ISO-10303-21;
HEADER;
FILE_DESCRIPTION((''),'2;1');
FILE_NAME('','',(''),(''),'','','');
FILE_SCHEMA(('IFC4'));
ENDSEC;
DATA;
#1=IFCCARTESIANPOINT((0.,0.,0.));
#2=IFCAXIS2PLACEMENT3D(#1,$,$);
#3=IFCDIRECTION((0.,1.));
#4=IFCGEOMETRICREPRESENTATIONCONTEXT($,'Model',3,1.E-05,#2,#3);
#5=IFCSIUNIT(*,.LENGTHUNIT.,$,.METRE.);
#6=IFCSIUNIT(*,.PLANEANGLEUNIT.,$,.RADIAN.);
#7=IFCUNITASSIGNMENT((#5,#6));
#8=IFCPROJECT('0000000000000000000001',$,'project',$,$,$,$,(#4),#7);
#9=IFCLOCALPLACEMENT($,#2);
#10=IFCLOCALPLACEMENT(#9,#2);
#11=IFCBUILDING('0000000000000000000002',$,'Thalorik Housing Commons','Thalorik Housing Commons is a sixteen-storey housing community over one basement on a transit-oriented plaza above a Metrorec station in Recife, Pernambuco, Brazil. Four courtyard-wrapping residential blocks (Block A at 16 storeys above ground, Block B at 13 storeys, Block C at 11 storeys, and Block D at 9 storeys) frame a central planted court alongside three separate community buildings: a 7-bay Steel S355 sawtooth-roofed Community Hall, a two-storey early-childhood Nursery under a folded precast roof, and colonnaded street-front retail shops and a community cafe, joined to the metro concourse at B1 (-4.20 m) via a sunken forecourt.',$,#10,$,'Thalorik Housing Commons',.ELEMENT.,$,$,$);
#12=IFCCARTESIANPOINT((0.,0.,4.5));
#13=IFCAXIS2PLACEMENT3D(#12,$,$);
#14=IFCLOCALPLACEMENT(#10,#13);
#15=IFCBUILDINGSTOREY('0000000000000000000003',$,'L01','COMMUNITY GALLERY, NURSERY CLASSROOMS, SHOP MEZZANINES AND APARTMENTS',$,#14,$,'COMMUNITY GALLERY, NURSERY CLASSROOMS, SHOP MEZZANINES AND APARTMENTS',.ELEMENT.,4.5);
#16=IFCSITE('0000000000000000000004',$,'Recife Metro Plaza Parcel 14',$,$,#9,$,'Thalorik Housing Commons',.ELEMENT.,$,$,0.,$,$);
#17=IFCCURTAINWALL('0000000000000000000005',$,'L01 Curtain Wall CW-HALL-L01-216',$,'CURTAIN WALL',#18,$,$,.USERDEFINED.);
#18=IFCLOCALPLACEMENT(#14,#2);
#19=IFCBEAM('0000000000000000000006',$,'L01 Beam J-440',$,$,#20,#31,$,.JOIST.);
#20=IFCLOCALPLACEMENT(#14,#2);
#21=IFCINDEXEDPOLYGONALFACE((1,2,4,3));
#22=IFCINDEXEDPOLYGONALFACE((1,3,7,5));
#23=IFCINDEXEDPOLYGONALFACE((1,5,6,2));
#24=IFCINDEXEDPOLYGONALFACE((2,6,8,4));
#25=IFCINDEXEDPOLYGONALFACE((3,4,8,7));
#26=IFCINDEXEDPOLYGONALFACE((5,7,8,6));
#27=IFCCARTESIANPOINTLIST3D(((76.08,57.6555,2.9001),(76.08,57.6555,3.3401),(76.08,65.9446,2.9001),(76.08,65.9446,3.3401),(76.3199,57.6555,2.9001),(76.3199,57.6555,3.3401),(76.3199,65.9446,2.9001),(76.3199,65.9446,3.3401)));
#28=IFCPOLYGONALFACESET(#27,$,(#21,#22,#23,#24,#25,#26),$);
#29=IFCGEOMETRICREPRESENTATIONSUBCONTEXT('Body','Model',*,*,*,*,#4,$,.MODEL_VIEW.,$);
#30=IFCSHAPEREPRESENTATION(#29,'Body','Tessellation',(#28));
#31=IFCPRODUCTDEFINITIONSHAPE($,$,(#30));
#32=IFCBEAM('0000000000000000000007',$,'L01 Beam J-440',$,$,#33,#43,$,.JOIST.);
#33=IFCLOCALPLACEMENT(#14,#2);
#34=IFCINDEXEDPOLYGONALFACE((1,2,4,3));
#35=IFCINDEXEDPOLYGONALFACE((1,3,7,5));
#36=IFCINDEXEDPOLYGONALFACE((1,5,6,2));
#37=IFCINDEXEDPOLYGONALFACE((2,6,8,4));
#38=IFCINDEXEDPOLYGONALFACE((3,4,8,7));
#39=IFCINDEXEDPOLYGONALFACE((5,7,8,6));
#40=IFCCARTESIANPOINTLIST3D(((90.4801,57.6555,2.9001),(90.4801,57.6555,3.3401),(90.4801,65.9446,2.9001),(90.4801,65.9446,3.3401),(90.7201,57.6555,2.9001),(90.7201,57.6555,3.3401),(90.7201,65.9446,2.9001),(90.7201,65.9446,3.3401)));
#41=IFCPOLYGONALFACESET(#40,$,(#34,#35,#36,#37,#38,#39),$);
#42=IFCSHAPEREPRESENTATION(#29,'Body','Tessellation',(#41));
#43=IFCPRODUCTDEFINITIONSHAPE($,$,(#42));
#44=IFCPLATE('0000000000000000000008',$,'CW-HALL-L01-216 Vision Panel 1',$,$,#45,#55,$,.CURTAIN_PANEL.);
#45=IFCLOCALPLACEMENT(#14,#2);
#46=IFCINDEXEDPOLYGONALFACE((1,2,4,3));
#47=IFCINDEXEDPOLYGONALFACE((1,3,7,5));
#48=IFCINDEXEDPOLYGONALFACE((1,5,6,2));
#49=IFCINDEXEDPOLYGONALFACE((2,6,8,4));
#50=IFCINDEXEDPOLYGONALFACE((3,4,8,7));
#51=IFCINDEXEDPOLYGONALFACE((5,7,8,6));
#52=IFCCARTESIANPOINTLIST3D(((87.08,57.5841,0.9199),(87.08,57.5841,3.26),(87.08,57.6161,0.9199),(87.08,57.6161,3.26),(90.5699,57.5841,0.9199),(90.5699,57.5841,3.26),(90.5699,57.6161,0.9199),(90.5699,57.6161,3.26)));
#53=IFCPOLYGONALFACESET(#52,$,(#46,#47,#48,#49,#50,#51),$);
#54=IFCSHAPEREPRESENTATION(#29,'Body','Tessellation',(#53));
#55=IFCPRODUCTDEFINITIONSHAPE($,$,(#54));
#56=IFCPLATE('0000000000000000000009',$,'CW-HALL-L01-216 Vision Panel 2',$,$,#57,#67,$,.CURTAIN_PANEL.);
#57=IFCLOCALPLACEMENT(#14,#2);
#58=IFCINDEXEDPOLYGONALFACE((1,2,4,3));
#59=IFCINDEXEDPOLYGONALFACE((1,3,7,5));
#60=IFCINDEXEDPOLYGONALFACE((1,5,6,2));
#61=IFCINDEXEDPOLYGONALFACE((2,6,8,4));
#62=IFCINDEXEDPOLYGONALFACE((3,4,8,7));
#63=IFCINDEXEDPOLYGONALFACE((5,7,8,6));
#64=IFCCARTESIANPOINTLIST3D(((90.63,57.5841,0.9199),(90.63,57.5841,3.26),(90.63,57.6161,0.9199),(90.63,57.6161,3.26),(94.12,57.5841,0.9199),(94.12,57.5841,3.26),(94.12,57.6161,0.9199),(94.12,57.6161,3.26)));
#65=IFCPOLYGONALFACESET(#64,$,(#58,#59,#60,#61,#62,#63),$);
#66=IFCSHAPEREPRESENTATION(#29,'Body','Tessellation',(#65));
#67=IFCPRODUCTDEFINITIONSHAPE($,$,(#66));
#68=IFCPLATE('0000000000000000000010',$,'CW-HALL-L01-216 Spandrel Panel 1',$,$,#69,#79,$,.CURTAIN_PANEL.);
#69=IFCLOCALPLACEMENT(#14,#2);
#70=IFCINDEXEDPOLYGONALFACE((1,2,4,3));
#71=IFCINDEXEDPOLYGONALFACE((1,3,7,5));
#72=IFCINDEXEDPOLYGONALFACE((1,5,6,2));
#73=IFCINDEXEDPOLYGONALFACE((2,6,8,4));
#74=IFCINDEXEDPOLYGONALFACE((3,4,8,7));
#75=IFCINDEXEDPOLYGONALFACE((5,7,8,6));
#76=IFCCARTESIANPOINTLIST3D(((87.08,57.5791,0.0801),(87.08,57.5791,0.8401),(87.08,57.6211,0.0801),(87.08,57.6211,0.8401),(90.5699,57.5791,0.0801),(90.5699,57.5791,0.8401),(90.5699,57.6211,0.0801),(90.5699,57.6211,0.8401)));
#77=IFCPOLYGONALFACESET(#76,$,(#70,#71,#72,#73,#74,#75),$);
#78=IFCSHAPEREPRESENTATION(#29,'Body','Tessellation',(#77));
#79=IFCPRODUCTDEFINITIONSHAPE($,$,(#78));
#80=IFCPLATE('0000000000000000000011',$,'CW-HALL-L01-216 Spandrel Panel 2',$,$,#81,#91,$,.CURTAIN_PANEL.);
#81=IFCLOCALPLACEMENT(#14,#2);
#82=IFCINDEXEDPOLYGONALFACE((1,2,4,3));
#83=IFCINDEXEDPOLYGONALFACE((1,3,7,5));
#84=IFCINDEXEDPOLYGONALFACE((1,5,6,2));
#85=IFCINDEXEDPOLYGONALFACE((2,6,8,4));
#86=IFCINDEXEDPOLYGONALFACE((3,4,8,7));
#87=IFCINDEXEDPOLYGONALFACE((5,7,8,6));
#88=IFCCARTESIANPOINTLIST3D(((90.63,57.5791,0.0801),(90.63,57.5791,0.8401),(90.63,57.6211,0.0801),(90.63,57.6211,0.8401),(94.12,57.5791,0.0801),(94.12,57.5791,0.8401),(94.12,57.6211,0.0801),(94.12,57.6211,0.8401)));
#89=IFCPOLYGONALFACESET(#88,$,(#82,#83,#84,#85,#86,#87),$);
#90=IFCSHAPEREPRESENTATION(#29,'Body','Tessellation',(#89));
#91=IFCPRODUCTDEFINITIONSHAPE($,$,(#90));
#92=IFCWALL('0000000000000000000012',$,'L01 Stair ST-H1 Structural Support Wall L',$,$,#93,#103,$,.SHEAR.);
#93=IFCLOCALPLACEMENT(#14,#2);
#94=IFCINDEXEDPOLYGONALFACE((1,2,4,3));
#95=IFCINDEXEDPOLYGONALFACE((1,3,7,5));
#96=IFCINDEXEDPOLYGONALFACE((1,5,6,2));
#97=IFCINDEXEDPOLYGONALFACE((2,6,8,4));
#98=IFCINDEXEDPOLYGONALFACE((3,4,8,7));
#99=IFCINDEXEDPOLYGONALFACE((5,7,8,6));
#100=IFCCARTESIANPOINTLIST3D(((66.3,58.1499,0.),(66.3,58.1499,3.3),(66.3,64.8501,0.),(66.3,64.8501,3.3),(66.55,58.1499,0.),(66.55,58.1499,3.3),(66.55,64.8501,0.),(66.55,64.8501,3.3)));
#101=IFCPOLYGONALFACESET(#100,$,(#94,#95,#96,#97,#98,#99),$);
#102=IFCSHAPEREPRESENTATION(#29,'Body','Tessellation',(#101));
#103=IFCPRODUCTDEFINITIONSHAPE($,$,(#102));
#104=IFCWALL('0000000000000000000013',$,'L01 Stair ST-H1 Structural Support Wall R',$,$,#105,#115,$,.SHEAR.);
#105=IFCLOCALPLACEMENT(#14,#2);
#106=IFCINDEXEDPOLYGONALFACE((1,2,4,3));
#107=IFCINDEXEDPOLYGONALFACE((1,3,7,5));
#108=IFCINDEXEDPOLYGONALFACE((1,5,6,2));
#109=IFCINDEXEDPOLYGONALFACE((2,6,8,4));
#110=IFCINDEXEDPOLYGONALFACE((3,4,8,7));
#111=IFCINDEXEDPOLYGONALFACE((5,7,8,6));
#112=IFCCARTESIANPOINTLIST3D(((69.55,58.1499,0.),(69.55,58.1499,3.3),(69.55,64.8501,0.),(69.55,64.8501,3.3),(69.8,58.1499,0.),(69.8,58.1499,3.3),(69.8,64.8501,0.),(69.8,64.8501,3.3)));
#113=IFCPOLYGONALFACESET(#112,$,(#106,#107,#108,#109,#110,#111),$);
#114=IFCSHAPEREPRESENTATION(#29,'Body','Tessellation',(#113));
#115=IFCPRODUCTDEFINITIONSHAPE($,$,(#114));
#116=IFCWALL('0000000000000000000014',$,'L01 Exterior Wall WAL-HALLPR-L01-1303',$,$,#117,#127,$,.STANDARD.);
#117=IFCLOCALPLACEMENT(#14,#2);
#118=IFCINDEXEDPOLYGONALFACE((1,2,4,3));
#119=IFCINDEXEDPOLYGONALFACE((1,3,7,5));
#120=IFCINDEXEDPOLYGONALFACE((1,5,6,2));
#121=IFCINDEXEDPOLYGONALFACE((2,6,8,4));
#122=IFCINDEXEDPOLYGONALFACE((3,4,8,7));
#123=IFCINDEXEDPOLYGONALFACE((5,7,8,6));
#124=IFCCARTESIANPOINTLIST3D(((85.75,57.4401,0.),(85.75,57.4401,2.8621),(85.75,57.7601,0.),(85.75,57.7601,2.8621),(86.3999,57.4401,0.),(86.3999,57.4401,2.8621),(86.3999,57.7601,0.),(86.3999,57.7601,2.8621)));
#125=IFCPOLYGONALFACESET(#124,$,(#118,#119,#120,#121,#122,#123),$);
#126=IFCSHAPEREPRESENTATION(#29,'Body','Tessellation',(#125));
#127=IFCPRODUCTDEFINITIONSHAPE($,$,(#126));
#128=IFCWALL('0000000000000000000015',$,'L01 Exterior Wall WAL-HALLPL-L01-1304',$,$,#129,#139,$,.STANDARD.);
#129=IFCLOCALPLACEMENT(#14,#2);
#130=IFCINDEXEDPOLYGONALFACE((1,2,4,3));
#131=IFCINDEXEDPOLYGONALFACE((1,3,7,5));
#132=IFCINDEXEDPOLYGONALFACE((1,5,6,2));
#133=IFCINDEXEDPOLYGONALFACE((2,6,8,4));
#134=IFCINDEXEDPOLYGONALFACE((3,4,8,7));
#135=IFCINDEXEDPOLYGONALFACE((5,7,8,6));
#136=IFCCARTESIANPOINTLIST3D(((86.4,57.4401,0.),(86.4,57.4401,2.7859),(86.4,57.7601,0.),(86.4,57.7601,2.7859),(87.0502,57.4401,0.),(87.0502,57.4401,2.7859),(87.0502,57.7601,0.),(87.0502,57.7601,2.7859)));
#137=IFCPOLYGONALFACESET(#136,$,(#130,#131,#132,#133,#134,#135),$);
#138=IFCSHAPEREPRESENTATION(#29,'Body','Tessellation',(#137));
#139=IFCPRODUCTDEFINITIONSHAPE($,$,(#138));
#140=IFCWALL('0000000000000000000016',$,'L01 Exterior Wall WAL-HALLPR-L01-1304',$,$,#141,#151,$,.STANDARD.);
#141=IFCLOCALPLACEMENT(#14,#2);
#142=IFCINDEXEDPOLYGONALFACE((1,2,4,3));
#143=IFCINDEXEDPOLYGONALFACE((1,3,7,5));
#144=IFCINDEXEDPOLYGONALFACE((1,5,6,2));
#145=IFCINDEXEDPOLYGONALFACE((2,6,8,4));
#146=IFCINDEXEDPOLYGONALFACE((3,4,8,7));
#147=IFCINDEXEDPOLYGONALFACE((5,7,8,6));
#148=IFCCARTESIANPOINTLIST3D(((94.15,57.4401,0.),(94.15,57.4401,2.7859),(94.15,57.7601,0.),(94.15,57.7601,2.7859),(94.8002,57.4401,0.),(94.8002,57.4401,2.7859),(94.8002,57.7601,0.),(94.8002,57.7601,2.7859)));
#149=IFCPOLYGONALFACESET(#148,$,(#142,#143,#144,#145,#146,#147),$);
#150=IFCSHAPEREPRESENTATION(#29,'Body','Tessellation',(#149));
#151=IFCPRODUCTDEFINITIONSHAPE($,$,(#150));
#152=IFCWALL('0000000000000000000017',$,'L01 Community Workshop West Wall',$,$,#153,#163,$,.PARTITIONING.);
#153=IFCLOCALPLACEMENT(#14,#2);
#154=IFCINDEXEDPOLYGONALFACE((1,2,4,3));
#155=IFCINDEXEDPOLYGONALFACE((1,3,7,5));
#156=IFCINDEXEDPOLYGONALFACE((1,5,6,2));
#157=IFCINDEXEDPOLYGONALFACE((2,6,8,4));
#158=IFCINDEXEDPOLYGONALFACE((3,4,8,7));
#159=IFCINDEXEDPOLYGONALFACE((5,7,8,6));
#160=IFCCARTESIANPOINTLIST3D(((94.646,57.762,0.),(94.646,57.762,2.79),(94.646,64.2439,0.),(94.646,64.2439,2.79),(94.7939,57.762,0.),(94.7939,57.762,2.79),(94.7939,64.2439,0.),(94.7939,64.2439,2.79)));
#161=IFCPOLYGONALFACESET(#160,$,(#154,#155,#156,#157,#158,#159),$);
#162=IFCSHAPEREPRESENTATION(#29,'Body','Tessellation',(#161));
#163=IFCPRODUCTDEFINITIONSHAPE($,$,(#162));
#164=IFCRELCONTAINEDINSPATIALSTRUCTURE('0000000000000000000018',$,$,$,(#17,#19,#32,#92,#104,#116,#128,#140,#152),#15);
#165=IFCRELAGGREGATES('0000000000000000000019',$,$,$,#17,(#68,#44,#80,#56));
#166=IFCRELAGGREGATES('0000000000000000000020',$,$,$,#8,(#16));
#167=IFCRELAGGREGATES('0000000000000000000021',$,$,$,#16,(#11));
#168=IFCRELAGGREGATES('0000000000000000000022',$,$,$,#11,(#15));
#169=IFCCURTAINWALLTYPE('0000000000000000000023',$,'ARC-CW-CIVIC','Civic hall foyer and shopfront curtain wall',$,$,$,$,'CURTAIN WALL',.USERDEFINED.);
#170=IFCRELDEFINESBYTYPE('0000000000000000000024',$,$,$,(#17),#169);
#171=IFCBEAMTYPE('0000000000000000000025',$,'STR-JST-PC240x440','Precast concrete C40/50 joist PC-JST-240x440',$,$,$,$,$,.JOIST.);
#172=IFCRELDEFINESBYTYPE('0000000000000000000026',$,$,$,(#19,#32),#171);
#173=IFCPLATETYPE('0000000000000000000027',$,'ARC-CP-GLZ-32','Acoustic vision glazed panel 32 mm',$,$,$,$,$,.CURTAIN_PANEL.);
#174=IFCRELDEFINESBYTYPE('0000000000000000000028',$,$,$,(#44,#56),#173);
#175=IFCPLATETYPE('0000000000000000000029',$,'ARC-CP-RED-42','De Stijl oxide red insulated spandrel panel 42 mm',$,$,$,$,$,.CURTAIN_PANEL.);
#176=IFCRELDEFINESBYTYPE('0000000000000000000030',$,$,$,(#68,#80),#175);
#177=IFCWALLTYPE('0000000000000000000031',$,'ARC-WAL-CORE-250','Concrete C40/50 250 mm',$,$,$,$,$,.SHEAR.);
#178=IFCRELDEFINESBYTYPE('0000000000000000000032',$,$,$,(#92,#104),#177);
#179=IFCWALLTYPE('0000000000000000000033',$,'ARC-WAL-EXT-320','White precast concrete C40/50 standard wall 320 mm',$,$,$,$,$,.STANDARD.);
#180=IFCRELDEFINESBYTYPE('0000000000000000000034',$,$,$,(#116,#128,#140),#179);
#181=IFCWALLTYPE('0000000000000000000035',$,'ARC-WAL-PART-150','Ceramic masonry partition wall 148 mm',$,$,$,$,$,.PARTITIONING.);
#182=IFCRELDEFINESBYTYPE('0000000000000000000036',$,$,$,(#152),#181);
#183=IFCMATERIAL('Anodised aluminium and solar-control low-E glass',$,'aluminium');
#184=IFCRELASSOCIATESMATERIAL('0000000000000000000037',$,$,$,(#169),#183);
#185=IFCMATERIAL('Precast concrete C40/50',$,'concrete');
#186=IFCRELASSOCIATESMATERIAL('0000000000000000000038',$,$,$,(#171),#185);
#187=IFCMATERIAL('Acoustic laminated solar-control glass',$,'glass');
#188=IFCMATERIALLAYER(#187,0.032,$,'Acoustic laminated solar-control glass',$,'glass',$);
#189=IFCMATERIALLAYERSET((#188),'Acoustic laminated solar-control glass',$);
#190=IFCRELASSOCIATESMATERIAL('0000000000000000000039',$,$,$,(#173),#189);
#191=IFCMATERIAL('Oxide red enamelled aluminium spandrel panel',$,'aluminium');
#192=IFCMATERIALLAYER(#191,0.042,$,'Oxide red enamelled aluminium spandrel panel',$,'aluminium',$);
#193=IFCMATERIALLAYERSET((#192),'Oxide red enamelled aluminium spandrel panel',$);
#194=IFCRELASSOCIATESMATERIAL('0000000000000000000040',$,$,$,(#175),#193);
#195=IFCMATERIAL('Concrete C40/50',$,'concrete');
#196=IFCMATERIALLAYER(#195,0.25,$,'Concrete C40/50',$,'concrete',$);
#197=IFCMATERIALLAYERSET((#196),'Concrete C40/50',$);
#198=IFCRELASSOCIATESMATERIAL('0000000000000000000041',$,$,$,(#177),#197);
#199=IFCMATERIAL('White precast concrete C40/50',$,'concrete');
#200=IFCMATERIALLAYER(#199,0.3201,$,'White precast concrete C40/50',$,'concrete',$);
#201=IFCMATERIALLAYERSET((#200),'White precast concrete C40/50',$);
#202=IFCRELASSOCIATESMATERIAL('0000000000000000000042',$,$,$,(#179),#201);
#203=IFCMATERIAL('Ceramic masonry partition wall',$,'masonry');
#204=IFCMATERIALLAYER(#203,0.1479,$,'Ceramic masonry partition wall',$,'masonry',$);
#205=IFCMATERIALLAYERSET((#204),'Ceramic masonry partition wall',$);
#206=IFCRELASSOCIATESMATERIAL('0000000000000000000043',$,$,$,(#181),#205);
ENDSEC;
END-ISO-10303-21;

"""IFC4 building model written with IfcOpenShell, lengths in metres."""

from ifc_helpers import new_model, si_unit, direction, frame, frame_2d, origin, origin_2d, place, context, subcontext, project, spatial, rectangle, extrude, material, layer, layer_set, material_profile, profile_set, type_object, element, aggregate, save


model = new_model("IFC4")

# Units and contexts
model_context = context("Model", 3, precision=1e-05, world=origin(), true_north=direction((0.0, 1.0)))
body_context = subcontext(model_context, "Body", "Model", "MODEL_VIEW")
ifc_project = project(units=[si_unit("LENGTHUNIT", "METRE"), si_unit("PLANEANGLEUNIT", "RADIAN")], contexts=[model_context])

# Site, building, storey
site_placement = place(None, origin())
site = spatial("IfcSite", under=ifc_project, at=site_placement, Name="Recife Metro Plaza Parcel 14", LongName="Thalorik Housing Commons", CompositionType="ELEMENT", RefElevation=0.0)
building_placement = place(site_placement, origin())
building = spatial("IfcBuilding", under=site, at=building_placement, Name="Thalorik Housing Commons", Description="Thalorik Housing Commons is a sixteen-storey housing community over one basement on a transit-oriented plaza above a Metrorec station in Recife, Pernambuco, Brazil. Four courtyard-wrapping residential blocks (Block A at 16 storeys above ground, Block B at 13 storeys, Block C at 11 storeys, and Block D at 9 storeys) frame a central planted court alongside three separate community buildings: a 7-bay Steel S355 sawtooth-roofed Community Hall, a two-storey early-childhood Nursery under a folded precast roof, and colonnaded street-front retail shops and a community cafe, joined to the metro concourse at B1 (-4.20 m) via a sunken forecourt.", LongName="Thalorik Housing Commons", CompositionType="ELEMENT")
storey_placement = place(building_placement, frame((0.0, 0.0, 4.5)))
storey = spatial("IfcBuildingStorey", under=building, at=storey_placement, Name="L01", Description="COMMUNITY GALLERY, NURSERY CLASSROOMS, SHOP MEZZANINES AND APARTMENTS", LongName="COMMUNITY GALLERY, NURSERY CLASSROOMS, SHOP MEZZANINES AND APARTMENTS", CompositionType="ELEMENT", Elevation=4.5)

# Shared definitions
ifc_material_1 = material(Name="Anodised aluminium and solar-control low-E glass", Category="aluminium")
curtain_wall_type = type_object("IfcCurtainWallType", Name="ARC-CW-CIVIC", Description="Civic hall foyer and shopfront curtain wall", ElementType="CURTAIN WALL", PredefinedType="USERDEFINED", material=ifc_material_1)

# Curtain wall
curtain_wall_1_placement = place(storey_placement, origin())
curtain_wall_1 = element("IfcCurtainWall", 1, at=curtain_wall_1_placement, inside=storey, type_object=curtain_wall_type, Name="L01 Curtain Wall CW-HALL-L01-216", ObjectType="CURTAIN WALL", PredefinedType="USERDEFINED")

# Beams
ifc_material_2 = material(Name="Precast concrete C40/50", Category="concrete")
ifc_material_profile_1 = material_profile(ifc_material_2, rectangle(XDim=0.24, YDim=0.4399, at=origin_2d()), Name="PC JST 240x440", Category="concrete")
ifc_profile_set_1 = profile_set([ifc_material_profile_1], Name="Precast concrete C40/50")
beam_type_1 = type_object("IfcBeamType", Name="STR-JST-PC240x440", Description="Precast concrete C40/50 joist PC-JST-240x440", PredefinedType="JOIST", material=ifc_profile_set_1)
for number, where, z_axis, x_axis, name in (
    (2, (76.2, 57.6555, 3.1201), (0.0, 1.0, 0.0), (-1.0, 0.0, 0.0), "L01 Beam J-440"),
    (3, (90.6001, 57.6555, 3.1201), (0.0, 1.0, 0.0), (-1.0, 0.0, 0.0), "L01 Beam J-440"),
):
    element("IfcBeam", number, at=place(storey_placement, frame(where, z_axis=z_axis, x_axis=x_axis)), inside=storey, type_object=beam_type_1, Name=name, PredefinedType="JOIST", context=body_context, shape_type="SweptSolid", body=[
        extrude(rectangle(XDim=0.24, YDim=0.4399, at=origin_2d()), origin(), (0.0, 0.0, 1.0), 8.2891),
    ])

# Plates
ifc_material_3 = material(Name="Acoustic laminated solar-control glass", Category="glass")
ifc_layer_1 = layer(ifc_material_3, 0.032, Name="Acoustic laminated solar-control glass", Category="glass")
ifc_layer_set_1 = layer_set([ifc_layer_1], Name="Acoustic laminated solar-control glass")
plate_type_1 = type_object("IfcPlateType", Name="ARC-CP-GLZ-32", Description="Acoustic vision glazed panel 32 mm", PredefinedType="CURTAIN_PANEL", material=ifc_layer_set_1)
plate_1_placement = place(storey_placement, frame((88.825, 57.6001, 0.9199), z_axis=(0.0, 0.0, 1.0), x_axis=(1.0, 0.0, 0.0)))
plate_1 = element("IfcPlate", 4, at=plate_1_placement, type_object=plate_type_1, Name="CW-HALL-L01-216 Vision Panel 1", PredefinedType="CURTAIN_PANEL", context=body_context, shape_type="SweptSolid", body=[
    extrude(rectangle(XDim=3.49, YDim=0.032, at=origin_2d()), origin(), (0.0, 0.0, 1.0), 2.3401),
])
plate_2_placement = place(storey_placement, frame((92.375, 57.6001, 0.9199), z_axis=(0.0, 0.0, 1.0), x_axis=(1.0, 0.0, 0.0)))
plate_2 = element("IfcPlate", 5, at=plate_2_placement, type_object=plate_type_1, Name="CW-HALL-L01-216 Vision Panel 2", PredefinedType="CURTAIN_PANEL", context=body_context, shape_type="SweptSolid", body=[
    extrude(rectangle(XDim=3.49, YDim=0.032, at=origin_2d()), origin(), (0.0, 0.0, 1.0), 2.3401),
])
ifc_material_4 = material(Name="Oxide red enamelled aluminium spandrel panel", Category="aluminium")
ifc_layer_2 = layer(ifc_material_4, 0.042, Name="Oxide red enamelled aluminium spandrel panel", Category="aluminium")
ifc_layer_set_2 = layer_set([ifc_layer_2], Name="Oxide red enamelled aluminium spandrel panel")
plate_type_2 = type_object("IfcPlateType", Name="ARC-CP-RED-42", Description="De Stijl oxide red insulated spandrel panel 42 mm", PredefinedType="CURTAIN_PANEL", material=ifc_layer_set_2)
plate_3_placement = place(storey_placement, frame((88.825, 57.6001, 0.0801), z_axis=(0.0, 0.0, 1.0), x_axis=(1.0, 0.0, 0.0)))
plate_3 = element("IfcPlate", 6, at=plate_3_placement, type_object=plate_type_2, Name="CW-HALL-L01-216 Spandrel Panel 1", PredefinedType="CURTAIN_PANEL", context=body_context, shape_type="SweptSolid", body=[
    extrude(rectangle(XDim=3.49, YDim=0.042, at=origin_2d()), origin(), (0.0, 0.0, 1.0), 0.76),
])
plate_4_placement = place(storey_placement, frame((92.375, 57.6001, 0.0801), z_axis=(0.0, 0.0, 1.0), x_axis=(1.0, 0.0, 0.0)))
plate_4 = element("IfcPlate", 7, at=plate_4_placement, type_object=plate_type_2, Name="CW-HALL-L01-216 Spandrel Panel 2", PredefinedType="CURTAIN_PANEL", context=body_context, shape_type="SweptSolid", body=[
    extrude(rectangle(XDim=3.49, YDim=0.042, at=origin_2d()), origin(), (0.0, 0.0, 1.0), 0.76),
])
aggregate(curtain_wall_1, [plate_3, plate_1, plate_4, plate_2])

# Walls
ifc_material_5 = material(Name="Concrete C40/50", Category="concrete")
ifc_layer_3 = layer(ifc_material_5, 0.25, Name="Concrete C40/50", Category="concrete")
ifc_layer_set_3 = layer_set([ifc_layer_3], Name="Concrete C40/50")
wall_type_1 = type_object("IfcWallType", Name="ARC-WAL-CORE-250", Description="Concrete C40/50 250 mm", PredefinedType="SHEAR", material=ifc_layer_set_3)
for number, where, z_axis, x_axis, name in (
    (8, (66.425, 64.8501, 0.0), (0.0, 0.0, 1.0), (0.0, -1.0, 0.0), "L01 Stair ST-H1 Structural Support Wall L"),
    (9, (69.675, 64.8501, 0.0), (0.0, 0.0, 1.0), (0.0, -1.0, 0.0), "L01 Stair ST-H1 Structural Support Wall R"),
):
    element("IfcWall", number, at=place(storey_placement, frame(where, z_axis=z_axis, x_axis=x_axis)), inside=storey, type_object=wall_type_1, Name=name, PredefinedType="SHEAR", context=body_context, shape_type="SweptSolid", body=[
        extrude(rectangle(XDim=6.7002, YDim=0.25, at=frame_2d((3.3501, 0.0))), origin(), (0.0, 0.0, 1.0), 3.3),
    ])
ifc_material_6 = material(Name="White precast concrete C40/50", Category="concrete")
ifc_layer_4 = layer(ifc_material_6, 0.3201, Name="White precast concrete C40/50", Category="concrete")
ifc_layer_set_4 = layer_set([ifc_layer_4], Name="White precast concrete C40/50")
wall_type_2 = type_object("IfcWallType", Name="ARC-WAL-EXT-320", Description="White precast concrete C40/50 standard wall 320 mm", PredefinedType="STANDARD", material=ifc_layer_set_4)
wall_1_placement = place(storey_placement, frame((85.75, 57.6001, 0.0), z_axis=(0.0, 0.0, 1.0), x_axis=(1.0, 0.0, 0.0)))
element("IfcWall", 10, at=wall_1_placement, inside=storey, type_object=wall_type_2, Name="L01 Exterior Wall WAL-HALLPR-L01-1303", PredefinedType="STANDARD", context=body_context, shape_type="SweptSolid", body=[
    extrude(rectangle(XDim=0.6499, YDim=0.3201, at=frame_2d((0.325, 0.0))), origin(), (0.0, 0.0, 1.0), 2.8621),
])
for number, where, z_axis, x_axis, name in (
    (11, (86.3999, 57.6001, 0.0), (0.0, 0.0, 1.0), (1.0, 0.0, 0.0), "L01 Exterior Wall WAL-HALLPL-L01-1304"),
    (12, (94.1499, 57.6001, 0.0), (0.0, 0.0, 1.0), (1.0, 0.0, 0.0), "L01 Exterior Wall WAL-HALLPR-L01-1304"),
):
    element("IfcWall", number, at=place(storey_placement, frame(where, z_axis=z_axis, x_axis=x_axis)), inside=storey, type_object=wall_type_2, Name=name, PredefinedType="STANDARD", context=body_context, shape_type="SweptSolid", body=[
        extrude(rectangle(XDim=0.6501, YDim=0.3201, at=frame_2d((0.3252, 0.0))), origin(), (0.0, 0.0, 1.0), 2.7859),
    ])
ifc_material_7 = material(Name="Ceramic masonry partition wall", Category="masonry")
ifc_layer_5 = layer(ifc_material_7, 0.1479, Name="Ceramic masonry partition wall", Category="masonry")
ifc_layer_set_5 = layer_set([ifc_layer_5], Name="Ceramic masonry partition wall")
wall_type_3 = type_object("IfcWallType", Name="ARC-WAL-PART-150", Description="Ceramic masonry partition wall 148 mm", PredefinedType="PARTITIONING", material=ifc_layer_set_5)
wall_2_placement = place(storey_placement, frame((94.72, 57.762, 0.0), z_axis=(0.0, 0.0, 1.0), x_axis=(0.0, 1.0, 0.0)))
element("IfcWall", 13, at=wall_2_placement, inside=storey, type_object=wall_type_3, Name="L01 Community Workshop West Wall", PredefinedType="PARTITIONING", context=body_context, shape_type="SweptSolid", body=[
    extrude(rectangle(XDim=6.4819, YDim=0.1479, at=frame_2d((3.241, 0.0))), origin(), (0.0, 0.0, 1.0), 2.79),
])

save(model, "model.ifc")
